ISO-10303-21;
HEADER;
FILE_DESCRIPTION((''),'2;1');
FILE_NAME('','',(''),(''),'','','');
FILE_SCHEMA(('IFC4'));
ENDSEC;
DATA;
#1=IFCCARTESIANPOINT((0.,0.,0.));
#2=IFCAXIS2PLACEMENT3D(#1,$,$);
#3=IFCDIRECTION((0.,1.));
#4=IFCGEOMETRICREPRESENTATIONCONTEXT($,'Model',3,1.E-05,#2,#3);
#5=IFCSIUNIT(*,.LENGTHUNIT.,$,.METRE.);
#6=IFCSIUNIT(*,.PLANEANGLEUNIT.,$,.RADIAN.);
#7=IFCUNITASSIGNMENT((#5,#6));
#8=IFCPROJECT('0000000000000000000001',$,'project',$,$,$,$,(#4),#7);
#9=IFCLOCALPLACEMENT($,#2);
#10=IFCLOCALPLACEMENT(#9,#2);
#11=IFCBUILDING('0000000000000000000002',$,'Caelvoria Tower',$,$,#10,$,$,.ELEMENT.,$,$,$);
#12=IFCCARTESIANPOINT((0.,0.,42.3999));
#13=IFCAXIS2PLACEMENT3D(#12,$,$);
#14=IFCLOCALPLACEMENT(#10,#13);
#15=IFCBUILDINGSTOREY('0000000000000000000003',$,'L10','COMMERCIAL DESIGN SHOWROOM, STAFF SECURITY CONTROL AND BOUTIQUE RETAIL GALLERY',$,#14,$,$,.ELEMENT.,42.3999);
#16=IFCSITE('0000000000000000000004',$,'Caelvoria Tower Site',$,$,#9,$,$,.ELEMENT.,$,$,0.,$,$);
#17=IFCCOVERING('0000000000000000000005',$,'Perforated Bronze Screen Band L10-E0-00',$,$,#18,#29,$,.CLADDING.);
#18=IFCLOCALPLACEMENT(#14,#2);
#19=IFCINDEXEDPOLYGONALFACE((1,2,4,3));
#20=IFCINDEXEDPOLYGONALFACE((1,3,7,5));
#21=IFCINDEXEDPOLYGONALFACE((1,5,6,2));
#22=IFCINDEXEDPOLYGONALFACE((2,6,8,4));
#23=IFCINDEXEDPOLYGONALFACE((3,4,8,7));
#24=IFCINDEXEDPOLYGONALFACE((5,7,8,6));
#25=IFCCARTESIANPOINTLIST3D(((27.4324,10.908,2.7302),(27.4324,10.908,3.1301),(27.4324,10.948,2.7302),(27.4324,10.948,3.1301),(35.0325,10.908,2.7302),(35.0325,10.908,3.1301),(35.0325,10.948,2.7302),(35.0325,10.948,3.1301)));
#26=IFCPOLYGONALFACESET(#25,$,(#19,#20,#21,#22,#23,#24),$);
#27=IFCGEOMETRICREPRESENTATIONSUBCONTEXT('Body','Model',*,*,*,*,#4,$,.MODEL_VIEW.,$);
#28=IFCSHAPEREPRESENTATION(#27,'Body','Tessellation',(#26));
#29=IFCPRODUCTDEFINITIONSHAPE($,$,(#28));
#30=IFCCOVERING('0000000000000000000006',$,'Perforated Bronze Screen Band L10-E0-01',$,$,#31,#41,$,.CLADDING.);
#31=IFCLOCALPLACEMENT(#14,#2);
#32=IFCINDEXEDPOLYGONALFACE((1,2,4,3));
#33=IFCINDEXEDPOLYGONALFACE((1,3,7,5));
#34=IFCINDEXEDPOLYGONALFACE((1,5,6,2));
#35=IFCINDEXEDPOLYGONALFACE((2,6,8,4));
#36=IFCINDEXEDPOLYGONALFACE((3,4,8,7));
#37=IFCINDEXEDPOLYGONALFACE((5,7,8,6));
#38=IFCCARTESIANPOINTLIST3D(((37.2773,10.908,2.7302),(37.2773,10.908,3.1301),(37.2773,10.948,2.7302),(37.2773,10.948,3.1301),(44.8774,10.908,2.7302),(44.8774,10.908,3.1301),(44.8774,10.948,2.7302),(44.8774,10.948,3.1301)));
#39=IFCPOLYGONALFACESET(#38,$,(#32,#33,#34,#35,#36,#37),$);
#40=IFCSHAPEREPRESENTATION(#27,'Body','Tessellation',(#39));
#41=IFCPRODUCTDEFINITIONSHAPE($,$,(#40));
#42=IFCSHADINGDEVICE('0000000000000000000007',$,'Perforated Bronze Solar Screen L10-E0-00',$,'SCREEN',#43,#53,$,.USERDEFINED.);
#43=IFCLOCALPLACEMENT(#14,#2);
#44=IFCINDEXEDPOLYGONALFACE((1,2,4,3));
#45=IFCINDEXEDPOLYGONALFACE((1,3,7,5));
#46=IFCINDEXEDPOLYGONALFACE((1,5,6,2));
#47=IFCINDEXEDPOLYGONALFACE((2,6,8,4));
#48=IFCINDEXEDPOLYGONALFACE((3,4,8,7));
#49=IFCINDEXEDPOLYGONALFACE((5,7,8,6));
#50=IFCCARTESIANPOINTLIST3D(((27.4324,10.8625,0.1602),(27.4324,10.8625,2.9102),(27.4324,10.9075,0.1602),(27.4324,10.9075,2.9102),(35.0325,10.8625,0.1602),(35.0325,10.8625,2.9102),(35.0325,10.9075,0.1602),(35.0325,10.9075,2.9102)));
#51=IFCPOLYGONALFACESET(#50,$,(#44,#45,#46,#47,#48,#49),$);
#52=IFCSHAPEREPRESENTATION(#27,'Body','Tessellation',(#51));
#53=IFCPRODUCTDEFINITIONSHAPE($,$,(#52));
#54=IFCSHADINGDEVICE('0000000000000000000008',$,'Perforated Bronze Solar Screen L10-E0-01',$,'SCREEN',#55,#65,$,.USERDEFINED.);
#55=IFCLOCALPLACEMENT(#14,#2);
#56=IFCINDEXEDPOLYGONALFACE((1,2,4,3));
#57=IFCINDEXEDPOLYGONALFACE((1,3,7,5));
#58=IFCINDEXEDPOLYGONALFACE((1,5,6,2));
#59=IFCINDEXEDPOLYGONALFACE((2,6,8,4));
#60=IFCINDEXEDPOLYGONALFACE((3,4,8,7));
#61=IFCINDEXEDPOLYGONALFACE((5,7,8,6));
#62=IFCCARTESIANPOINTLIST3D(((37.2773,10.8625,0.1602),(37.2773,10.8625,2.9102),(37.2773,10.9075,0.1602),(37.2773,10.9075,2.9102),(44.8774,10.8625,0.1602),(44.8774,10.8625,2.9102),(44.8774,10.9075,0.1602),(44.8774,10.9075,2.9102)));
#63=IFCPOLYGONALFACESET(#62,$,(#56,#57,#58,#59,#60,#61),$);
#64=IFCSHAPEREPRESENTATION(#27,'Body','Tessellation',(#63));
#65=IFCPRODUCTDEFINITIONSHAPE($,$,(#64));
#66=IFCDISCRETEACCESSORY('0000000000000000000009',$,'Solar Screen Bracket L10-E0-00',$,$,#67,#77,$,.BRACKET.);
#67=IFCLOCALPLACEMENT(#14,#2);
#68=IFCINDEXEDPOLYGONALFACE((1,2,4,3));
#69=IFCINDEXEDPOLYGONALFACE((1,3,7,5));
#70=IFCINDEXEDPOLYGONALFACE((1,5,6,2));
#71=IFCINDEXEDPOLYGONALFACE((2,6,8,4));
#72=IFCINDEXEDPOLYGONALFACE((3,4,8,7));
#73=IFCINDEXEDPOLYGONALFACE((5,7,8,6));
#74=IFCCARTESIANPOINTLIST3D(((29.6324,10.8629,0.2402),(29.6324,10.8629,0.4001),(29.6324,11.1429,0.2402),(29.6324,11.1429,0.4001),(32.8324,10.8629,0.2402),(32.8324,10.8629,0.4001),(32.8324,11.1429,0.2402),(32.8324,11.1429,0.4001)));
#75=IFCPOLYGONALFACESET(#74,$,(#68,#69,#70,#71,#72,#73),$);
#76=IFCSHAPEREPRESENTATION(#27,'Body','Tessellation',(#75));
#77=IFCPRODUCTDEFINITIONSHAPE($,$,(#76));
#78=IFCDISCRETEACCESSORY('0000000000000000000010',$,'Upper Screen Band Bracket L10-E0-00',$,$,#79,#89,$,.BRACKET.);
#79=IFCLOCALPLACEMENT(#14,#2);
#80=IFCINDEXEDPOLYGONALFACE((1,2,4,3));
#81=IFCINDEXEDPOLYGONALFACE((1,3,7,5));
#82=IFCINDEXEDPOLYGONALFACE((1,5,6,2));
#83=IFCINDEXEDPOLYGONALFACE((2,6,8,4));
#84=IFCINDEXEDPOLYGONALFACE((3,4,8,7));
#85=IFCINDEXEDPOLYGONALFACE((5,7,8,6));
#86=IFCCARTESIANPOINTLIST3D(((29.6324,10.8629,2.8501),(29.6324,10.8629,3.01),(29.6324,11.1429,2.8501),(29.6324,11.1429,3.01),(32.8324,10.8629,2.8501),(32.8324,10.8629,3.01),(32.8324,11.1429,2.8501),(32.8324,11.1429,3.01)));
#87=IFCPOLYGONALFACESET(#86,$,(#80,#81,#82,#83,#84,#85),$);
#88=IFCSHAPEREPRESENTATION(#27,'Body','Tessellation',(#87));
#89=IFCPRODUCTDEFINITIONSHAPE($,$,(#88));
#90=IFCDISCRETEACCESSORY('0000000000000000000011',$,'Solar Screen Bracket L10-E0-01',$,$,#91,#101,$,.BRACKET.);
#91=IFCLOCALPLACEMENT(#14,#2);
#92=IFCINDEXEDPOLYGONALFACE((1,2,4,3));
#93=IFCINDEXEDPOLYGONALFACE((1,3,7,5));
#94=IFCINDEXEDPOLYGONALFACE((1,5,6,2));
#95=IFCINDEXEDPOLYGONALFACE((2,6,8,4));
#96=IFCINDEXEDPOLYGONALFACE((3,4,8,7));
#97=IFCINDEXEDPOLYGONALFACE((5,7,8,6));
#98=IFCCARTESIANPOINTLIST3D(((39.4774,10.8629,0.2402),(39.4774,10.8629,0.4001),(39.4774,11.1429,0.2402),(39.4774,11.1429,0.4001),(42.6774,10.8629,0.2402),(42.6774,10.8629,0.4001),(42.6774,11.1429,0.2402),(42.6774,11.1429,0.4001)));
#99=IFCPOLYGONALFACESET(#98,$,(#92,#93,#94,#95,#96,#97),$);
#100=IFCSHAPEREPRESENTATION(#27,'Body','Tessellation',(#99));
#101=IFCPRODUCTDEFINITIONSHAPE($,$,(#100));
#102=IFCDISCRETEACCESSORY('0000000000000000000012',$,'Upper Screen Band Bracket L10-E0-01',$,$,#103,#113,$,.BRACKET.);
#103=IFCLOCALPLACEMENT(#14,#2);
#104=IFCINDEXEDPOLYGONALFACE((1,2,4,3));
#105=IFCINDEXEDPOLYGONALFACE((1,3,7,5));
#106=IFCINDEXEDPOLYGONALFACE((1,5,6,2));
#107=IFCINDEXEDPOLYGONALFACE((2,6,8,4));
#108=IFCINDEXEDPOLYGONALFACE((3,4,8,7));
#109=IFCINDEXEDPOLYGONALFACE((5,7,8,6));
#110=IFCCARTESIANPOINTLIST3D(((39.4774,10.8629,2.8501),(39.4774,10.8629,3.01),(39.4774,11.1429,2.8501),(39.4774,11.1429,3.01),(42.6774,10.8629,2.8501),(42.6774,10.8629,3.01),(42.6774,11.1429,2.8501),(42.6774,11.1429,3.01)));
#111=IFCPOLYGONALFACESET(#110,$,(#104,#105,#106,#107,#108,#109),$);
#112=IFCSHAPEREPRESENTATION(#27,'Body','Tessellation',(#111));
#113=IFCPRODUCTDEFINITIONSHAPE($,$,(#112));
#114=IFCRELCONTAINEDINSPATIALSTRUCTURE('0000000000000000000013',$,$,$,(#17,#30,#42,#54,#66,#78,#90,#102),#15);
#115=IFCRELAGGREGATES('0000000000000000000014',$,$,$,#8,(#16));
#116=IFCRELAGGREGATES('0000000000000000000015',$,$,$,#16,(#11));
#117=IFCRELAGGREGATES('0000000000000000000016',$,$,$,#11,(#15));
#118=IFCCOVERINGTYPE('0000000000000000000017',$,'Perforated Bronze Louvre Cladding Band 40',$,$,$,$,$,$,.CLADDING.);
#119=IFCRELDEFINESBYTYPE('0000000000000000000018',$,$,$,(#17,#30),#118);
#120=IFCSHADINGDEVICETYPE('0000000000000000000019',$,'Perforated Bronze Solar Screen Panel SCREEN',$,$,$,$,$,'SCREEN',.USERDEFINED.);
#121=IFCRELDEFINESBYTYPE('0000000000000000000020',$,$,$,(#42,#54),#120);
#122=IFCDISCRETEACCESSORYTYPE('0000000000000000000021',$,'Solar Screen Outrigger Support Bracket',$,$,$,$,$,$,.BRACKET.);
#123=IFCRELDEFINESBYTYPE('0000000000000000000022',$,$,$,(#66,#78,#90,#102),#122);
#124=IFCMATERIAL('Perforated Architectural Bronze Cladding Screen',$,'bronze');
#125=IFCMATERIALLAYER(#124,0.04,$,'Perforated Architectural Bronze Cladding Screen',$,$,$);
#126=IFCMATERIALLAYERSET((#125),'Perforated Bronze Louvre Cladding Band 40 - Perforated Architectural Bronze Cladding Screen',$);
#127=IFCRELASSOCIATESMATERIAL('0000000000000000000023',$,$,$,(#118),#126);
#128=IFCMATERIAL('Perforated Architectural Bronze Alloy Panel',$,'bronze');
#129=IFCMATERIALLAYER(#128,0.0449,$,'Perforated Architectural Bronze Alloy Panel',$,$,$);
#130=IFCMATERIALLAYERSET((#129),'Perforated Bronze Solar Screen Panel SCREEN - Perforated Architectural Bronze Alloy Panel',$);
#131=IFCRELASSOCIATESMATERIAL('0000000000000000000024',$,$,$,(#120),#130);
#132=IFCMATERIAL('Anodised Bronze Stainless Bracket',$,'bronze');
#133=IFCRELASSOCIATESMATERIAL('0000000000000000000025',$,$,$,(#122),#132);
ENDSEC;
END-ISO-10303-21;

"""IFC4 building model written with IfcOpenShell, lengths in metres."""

from ifc_helpers import new_model, si_unit, direction, frame, origin, origin_2d, place, context, subcontext, project, spatial, rectangle, extrude, material, layer, layer_set, type_object, element, save


model = new_model("IFC4")

# Units and contexts
model_context = context("Model", 3, precision=1e-05, world=origin(), true_north=direction((0.0, 1.0)))
body_context = subcontext(model_context, "Body", "Model", "MODEL_VIEW")
ifc_project = project(units=[si_unit("LENGTHUNIT", "METRE"), si_unit("PLANEANGLEUNIT", "RADIAN")], contexts=[model_context])

# Site, building, storey
site_placement = place(None, origin())
site = spatial("IfcSite", under=ifc_project, at=site_placement, Name="Caelvoria Tower Site", CompositionType="ELEMENT", RefElevation=0.0)
building_placement = place(site_placement, origin())
building = spatial("IfcBuilding", under=site, at=building_placement, Name="Caelvoria Tower", CompositionType="ELEMENT")
storey_placement = place(building_placement, frame((0.0, 0.0, 42.3999)))
storey = spatial("IfcBuildingStorey", under=building, at=storey_placement, Name="L10", Description="COMMERCIAL DESIGN SHOWROOM, STAFF SECURITY CONTROL AND BOUTIQUE RETAIL GALLERY", CompositionType="ELEMENT", Elevation=42.3999)

# Coverings
ifc_material_1 = material(Name="Perforated Architectural Bronze Cladding Screen", Category="bronze")
ifc_layer_1 = layer(ifc_material_1, 0.04, Name="Perforated Architectural Bronze Cladding Screen")
ifc_layer_set_1 = layer_set([ifc_layer_1], Name="Perforated Bronze Louvre Cladding Band 40 - Perforated Architectural Bronze Cladding Screen")
covering_type = type_object("IfcCoveringType", Name="Perforated Bronze Louvre Cladding Band 40", PredefinedType="CLADDING", material=ifc_layer_set_1)
for number, where, z_axis, x_axis, name in (
    (1, (31.2324, 10.928, 2.7302), (0.0, 0.0, 1.0), (1.0, 0.0, 0.0), "Perforated Bronze Screen Band L10-E0-00"),
    (2, (41.0774, 10.928, 2.7302), (0.0, 0.0, 1.0), (1.0, 0.0, 0.0), "Perforated Bronze Screen Band L10-E0-01"),
):
    element("IfcCovering", number, at=place(storey_placement, frame(where, z_axis=z_axis, x_axis=x_axis)), inside=storey, type_object=covering_type, Name=name, PredefinedType="CLADDING", context=body_context, shape_type="SweptSolid", body=[
        extrude(rectangle(XDim=7.6001, YDim=0.04, at=origin_2d()), origin(), (0.0, 0.0, 1.0), 0.3999),
    ])

# Shading devices
ifc_material_2 = material(Name="Perforated Architectural Bronze Alloy Panel", Category="bronze")
ifc_layer_2 = layer(ifc_material_2, 0.0449, Name="Perforated Architectural Bronze Alloy Panel")
ifc_layer_set_2 = layer_set([ifc_layer_2], Name="Perforated Bronze Solar Screen Panel SCREEN - Perforated Architectural Bronze Alloy Panel")
shading_device_type = type_object("IfcShadingDeviceType", Name="Perforated Bronze Solar Screen Panel SCREEN", ElementType="SCREEN", PredefinedType="USERDEFINED", material=ifc_layer_set_2)
for number, where, z_axis, x_axis, name in (
    (3, (31.2324, 10.885, 0.1602), (0.0, 0.0, 1.0), (1.0, 0.0, 0.0), "Perforated Bronze Solar Screen L10-E0-00"),
    (4, (41.0774, 10.885, 0.1602), (0.0, 0.0, 1.0), (1.0, 0.0, 0.0), "Perforated Bronze Solar Screen L10-E0-01"),
):
    element("IfcShadingDevice", number, at=place(storey_placement, frame(where, z_axis=z_axis, x_axis=x_axis)), inside=storey, type_object=shading_device_type, Name=name, ObjectType="SCREEN", PredefinedType="USERDEFINED", context=body_context, shape_type="SweptSolid", body=[
        extrude(rectangle(XDim=7.6001, YDim=0.0449, at=origin_2d()), origin(), (0.0, 0.0, 1.0), 2.75),
    ])

# Discrete accessories
ifc_material_3 = material(Name="Anodised Bronze Stainless Bracket", Category="bronze")
discrete_accessory_type = type_object("IfcDiscreteAccessoryType", Name="Solar Screen Outrigger Support Bracket", PredefinedType="BRACKET", material=ifc_material_3)
for number, where, z_axis, x_axis, name in (
    (5, (31.2324, 11.0029, 0.2402), (0.0, 0.0, 1.0), (1.0, 0.0, 0.0), "Solar Screen Bracket L10-E0-00"),
    (6, (31.2324, 11.0029, 2.8501), (0.0, 0.0, 1.0), (1.0, 0.0, 0.0), "Upper Screen Band Bracket L10-E0-00"),
    (7, (41.0774, 11.0029, 0.2402), (0.0, 0.0, 1.0), (1.0, 0.0, 0.0), "Solar Screen Bracket L10-E0-01"),
    (8, (41.0774, 11.0029, 2.8501), (0.0, 0.0, 1.0), (1.0, 0.0, 0.0), "Upper Screen Band Bracket L10-E0-01"),
):
    element("IfcDiscreteAccessory", number, at=place(storey_placement, frame(where, z_axis=z_axis, x_axis=x_axis)), inside=storey, type_object=discrete_accessory_type, Name=name, PredefinedType="BRACKET", context=body_context, shape_type="SweptSolid", body=[
        extrude(rectangle(XDim=3.2, YDim=0.28, at=origin_2d()), origin(), (0.0, 0.0, 1.0), 0.1599),
    ])

save(model, "model.ifc")
